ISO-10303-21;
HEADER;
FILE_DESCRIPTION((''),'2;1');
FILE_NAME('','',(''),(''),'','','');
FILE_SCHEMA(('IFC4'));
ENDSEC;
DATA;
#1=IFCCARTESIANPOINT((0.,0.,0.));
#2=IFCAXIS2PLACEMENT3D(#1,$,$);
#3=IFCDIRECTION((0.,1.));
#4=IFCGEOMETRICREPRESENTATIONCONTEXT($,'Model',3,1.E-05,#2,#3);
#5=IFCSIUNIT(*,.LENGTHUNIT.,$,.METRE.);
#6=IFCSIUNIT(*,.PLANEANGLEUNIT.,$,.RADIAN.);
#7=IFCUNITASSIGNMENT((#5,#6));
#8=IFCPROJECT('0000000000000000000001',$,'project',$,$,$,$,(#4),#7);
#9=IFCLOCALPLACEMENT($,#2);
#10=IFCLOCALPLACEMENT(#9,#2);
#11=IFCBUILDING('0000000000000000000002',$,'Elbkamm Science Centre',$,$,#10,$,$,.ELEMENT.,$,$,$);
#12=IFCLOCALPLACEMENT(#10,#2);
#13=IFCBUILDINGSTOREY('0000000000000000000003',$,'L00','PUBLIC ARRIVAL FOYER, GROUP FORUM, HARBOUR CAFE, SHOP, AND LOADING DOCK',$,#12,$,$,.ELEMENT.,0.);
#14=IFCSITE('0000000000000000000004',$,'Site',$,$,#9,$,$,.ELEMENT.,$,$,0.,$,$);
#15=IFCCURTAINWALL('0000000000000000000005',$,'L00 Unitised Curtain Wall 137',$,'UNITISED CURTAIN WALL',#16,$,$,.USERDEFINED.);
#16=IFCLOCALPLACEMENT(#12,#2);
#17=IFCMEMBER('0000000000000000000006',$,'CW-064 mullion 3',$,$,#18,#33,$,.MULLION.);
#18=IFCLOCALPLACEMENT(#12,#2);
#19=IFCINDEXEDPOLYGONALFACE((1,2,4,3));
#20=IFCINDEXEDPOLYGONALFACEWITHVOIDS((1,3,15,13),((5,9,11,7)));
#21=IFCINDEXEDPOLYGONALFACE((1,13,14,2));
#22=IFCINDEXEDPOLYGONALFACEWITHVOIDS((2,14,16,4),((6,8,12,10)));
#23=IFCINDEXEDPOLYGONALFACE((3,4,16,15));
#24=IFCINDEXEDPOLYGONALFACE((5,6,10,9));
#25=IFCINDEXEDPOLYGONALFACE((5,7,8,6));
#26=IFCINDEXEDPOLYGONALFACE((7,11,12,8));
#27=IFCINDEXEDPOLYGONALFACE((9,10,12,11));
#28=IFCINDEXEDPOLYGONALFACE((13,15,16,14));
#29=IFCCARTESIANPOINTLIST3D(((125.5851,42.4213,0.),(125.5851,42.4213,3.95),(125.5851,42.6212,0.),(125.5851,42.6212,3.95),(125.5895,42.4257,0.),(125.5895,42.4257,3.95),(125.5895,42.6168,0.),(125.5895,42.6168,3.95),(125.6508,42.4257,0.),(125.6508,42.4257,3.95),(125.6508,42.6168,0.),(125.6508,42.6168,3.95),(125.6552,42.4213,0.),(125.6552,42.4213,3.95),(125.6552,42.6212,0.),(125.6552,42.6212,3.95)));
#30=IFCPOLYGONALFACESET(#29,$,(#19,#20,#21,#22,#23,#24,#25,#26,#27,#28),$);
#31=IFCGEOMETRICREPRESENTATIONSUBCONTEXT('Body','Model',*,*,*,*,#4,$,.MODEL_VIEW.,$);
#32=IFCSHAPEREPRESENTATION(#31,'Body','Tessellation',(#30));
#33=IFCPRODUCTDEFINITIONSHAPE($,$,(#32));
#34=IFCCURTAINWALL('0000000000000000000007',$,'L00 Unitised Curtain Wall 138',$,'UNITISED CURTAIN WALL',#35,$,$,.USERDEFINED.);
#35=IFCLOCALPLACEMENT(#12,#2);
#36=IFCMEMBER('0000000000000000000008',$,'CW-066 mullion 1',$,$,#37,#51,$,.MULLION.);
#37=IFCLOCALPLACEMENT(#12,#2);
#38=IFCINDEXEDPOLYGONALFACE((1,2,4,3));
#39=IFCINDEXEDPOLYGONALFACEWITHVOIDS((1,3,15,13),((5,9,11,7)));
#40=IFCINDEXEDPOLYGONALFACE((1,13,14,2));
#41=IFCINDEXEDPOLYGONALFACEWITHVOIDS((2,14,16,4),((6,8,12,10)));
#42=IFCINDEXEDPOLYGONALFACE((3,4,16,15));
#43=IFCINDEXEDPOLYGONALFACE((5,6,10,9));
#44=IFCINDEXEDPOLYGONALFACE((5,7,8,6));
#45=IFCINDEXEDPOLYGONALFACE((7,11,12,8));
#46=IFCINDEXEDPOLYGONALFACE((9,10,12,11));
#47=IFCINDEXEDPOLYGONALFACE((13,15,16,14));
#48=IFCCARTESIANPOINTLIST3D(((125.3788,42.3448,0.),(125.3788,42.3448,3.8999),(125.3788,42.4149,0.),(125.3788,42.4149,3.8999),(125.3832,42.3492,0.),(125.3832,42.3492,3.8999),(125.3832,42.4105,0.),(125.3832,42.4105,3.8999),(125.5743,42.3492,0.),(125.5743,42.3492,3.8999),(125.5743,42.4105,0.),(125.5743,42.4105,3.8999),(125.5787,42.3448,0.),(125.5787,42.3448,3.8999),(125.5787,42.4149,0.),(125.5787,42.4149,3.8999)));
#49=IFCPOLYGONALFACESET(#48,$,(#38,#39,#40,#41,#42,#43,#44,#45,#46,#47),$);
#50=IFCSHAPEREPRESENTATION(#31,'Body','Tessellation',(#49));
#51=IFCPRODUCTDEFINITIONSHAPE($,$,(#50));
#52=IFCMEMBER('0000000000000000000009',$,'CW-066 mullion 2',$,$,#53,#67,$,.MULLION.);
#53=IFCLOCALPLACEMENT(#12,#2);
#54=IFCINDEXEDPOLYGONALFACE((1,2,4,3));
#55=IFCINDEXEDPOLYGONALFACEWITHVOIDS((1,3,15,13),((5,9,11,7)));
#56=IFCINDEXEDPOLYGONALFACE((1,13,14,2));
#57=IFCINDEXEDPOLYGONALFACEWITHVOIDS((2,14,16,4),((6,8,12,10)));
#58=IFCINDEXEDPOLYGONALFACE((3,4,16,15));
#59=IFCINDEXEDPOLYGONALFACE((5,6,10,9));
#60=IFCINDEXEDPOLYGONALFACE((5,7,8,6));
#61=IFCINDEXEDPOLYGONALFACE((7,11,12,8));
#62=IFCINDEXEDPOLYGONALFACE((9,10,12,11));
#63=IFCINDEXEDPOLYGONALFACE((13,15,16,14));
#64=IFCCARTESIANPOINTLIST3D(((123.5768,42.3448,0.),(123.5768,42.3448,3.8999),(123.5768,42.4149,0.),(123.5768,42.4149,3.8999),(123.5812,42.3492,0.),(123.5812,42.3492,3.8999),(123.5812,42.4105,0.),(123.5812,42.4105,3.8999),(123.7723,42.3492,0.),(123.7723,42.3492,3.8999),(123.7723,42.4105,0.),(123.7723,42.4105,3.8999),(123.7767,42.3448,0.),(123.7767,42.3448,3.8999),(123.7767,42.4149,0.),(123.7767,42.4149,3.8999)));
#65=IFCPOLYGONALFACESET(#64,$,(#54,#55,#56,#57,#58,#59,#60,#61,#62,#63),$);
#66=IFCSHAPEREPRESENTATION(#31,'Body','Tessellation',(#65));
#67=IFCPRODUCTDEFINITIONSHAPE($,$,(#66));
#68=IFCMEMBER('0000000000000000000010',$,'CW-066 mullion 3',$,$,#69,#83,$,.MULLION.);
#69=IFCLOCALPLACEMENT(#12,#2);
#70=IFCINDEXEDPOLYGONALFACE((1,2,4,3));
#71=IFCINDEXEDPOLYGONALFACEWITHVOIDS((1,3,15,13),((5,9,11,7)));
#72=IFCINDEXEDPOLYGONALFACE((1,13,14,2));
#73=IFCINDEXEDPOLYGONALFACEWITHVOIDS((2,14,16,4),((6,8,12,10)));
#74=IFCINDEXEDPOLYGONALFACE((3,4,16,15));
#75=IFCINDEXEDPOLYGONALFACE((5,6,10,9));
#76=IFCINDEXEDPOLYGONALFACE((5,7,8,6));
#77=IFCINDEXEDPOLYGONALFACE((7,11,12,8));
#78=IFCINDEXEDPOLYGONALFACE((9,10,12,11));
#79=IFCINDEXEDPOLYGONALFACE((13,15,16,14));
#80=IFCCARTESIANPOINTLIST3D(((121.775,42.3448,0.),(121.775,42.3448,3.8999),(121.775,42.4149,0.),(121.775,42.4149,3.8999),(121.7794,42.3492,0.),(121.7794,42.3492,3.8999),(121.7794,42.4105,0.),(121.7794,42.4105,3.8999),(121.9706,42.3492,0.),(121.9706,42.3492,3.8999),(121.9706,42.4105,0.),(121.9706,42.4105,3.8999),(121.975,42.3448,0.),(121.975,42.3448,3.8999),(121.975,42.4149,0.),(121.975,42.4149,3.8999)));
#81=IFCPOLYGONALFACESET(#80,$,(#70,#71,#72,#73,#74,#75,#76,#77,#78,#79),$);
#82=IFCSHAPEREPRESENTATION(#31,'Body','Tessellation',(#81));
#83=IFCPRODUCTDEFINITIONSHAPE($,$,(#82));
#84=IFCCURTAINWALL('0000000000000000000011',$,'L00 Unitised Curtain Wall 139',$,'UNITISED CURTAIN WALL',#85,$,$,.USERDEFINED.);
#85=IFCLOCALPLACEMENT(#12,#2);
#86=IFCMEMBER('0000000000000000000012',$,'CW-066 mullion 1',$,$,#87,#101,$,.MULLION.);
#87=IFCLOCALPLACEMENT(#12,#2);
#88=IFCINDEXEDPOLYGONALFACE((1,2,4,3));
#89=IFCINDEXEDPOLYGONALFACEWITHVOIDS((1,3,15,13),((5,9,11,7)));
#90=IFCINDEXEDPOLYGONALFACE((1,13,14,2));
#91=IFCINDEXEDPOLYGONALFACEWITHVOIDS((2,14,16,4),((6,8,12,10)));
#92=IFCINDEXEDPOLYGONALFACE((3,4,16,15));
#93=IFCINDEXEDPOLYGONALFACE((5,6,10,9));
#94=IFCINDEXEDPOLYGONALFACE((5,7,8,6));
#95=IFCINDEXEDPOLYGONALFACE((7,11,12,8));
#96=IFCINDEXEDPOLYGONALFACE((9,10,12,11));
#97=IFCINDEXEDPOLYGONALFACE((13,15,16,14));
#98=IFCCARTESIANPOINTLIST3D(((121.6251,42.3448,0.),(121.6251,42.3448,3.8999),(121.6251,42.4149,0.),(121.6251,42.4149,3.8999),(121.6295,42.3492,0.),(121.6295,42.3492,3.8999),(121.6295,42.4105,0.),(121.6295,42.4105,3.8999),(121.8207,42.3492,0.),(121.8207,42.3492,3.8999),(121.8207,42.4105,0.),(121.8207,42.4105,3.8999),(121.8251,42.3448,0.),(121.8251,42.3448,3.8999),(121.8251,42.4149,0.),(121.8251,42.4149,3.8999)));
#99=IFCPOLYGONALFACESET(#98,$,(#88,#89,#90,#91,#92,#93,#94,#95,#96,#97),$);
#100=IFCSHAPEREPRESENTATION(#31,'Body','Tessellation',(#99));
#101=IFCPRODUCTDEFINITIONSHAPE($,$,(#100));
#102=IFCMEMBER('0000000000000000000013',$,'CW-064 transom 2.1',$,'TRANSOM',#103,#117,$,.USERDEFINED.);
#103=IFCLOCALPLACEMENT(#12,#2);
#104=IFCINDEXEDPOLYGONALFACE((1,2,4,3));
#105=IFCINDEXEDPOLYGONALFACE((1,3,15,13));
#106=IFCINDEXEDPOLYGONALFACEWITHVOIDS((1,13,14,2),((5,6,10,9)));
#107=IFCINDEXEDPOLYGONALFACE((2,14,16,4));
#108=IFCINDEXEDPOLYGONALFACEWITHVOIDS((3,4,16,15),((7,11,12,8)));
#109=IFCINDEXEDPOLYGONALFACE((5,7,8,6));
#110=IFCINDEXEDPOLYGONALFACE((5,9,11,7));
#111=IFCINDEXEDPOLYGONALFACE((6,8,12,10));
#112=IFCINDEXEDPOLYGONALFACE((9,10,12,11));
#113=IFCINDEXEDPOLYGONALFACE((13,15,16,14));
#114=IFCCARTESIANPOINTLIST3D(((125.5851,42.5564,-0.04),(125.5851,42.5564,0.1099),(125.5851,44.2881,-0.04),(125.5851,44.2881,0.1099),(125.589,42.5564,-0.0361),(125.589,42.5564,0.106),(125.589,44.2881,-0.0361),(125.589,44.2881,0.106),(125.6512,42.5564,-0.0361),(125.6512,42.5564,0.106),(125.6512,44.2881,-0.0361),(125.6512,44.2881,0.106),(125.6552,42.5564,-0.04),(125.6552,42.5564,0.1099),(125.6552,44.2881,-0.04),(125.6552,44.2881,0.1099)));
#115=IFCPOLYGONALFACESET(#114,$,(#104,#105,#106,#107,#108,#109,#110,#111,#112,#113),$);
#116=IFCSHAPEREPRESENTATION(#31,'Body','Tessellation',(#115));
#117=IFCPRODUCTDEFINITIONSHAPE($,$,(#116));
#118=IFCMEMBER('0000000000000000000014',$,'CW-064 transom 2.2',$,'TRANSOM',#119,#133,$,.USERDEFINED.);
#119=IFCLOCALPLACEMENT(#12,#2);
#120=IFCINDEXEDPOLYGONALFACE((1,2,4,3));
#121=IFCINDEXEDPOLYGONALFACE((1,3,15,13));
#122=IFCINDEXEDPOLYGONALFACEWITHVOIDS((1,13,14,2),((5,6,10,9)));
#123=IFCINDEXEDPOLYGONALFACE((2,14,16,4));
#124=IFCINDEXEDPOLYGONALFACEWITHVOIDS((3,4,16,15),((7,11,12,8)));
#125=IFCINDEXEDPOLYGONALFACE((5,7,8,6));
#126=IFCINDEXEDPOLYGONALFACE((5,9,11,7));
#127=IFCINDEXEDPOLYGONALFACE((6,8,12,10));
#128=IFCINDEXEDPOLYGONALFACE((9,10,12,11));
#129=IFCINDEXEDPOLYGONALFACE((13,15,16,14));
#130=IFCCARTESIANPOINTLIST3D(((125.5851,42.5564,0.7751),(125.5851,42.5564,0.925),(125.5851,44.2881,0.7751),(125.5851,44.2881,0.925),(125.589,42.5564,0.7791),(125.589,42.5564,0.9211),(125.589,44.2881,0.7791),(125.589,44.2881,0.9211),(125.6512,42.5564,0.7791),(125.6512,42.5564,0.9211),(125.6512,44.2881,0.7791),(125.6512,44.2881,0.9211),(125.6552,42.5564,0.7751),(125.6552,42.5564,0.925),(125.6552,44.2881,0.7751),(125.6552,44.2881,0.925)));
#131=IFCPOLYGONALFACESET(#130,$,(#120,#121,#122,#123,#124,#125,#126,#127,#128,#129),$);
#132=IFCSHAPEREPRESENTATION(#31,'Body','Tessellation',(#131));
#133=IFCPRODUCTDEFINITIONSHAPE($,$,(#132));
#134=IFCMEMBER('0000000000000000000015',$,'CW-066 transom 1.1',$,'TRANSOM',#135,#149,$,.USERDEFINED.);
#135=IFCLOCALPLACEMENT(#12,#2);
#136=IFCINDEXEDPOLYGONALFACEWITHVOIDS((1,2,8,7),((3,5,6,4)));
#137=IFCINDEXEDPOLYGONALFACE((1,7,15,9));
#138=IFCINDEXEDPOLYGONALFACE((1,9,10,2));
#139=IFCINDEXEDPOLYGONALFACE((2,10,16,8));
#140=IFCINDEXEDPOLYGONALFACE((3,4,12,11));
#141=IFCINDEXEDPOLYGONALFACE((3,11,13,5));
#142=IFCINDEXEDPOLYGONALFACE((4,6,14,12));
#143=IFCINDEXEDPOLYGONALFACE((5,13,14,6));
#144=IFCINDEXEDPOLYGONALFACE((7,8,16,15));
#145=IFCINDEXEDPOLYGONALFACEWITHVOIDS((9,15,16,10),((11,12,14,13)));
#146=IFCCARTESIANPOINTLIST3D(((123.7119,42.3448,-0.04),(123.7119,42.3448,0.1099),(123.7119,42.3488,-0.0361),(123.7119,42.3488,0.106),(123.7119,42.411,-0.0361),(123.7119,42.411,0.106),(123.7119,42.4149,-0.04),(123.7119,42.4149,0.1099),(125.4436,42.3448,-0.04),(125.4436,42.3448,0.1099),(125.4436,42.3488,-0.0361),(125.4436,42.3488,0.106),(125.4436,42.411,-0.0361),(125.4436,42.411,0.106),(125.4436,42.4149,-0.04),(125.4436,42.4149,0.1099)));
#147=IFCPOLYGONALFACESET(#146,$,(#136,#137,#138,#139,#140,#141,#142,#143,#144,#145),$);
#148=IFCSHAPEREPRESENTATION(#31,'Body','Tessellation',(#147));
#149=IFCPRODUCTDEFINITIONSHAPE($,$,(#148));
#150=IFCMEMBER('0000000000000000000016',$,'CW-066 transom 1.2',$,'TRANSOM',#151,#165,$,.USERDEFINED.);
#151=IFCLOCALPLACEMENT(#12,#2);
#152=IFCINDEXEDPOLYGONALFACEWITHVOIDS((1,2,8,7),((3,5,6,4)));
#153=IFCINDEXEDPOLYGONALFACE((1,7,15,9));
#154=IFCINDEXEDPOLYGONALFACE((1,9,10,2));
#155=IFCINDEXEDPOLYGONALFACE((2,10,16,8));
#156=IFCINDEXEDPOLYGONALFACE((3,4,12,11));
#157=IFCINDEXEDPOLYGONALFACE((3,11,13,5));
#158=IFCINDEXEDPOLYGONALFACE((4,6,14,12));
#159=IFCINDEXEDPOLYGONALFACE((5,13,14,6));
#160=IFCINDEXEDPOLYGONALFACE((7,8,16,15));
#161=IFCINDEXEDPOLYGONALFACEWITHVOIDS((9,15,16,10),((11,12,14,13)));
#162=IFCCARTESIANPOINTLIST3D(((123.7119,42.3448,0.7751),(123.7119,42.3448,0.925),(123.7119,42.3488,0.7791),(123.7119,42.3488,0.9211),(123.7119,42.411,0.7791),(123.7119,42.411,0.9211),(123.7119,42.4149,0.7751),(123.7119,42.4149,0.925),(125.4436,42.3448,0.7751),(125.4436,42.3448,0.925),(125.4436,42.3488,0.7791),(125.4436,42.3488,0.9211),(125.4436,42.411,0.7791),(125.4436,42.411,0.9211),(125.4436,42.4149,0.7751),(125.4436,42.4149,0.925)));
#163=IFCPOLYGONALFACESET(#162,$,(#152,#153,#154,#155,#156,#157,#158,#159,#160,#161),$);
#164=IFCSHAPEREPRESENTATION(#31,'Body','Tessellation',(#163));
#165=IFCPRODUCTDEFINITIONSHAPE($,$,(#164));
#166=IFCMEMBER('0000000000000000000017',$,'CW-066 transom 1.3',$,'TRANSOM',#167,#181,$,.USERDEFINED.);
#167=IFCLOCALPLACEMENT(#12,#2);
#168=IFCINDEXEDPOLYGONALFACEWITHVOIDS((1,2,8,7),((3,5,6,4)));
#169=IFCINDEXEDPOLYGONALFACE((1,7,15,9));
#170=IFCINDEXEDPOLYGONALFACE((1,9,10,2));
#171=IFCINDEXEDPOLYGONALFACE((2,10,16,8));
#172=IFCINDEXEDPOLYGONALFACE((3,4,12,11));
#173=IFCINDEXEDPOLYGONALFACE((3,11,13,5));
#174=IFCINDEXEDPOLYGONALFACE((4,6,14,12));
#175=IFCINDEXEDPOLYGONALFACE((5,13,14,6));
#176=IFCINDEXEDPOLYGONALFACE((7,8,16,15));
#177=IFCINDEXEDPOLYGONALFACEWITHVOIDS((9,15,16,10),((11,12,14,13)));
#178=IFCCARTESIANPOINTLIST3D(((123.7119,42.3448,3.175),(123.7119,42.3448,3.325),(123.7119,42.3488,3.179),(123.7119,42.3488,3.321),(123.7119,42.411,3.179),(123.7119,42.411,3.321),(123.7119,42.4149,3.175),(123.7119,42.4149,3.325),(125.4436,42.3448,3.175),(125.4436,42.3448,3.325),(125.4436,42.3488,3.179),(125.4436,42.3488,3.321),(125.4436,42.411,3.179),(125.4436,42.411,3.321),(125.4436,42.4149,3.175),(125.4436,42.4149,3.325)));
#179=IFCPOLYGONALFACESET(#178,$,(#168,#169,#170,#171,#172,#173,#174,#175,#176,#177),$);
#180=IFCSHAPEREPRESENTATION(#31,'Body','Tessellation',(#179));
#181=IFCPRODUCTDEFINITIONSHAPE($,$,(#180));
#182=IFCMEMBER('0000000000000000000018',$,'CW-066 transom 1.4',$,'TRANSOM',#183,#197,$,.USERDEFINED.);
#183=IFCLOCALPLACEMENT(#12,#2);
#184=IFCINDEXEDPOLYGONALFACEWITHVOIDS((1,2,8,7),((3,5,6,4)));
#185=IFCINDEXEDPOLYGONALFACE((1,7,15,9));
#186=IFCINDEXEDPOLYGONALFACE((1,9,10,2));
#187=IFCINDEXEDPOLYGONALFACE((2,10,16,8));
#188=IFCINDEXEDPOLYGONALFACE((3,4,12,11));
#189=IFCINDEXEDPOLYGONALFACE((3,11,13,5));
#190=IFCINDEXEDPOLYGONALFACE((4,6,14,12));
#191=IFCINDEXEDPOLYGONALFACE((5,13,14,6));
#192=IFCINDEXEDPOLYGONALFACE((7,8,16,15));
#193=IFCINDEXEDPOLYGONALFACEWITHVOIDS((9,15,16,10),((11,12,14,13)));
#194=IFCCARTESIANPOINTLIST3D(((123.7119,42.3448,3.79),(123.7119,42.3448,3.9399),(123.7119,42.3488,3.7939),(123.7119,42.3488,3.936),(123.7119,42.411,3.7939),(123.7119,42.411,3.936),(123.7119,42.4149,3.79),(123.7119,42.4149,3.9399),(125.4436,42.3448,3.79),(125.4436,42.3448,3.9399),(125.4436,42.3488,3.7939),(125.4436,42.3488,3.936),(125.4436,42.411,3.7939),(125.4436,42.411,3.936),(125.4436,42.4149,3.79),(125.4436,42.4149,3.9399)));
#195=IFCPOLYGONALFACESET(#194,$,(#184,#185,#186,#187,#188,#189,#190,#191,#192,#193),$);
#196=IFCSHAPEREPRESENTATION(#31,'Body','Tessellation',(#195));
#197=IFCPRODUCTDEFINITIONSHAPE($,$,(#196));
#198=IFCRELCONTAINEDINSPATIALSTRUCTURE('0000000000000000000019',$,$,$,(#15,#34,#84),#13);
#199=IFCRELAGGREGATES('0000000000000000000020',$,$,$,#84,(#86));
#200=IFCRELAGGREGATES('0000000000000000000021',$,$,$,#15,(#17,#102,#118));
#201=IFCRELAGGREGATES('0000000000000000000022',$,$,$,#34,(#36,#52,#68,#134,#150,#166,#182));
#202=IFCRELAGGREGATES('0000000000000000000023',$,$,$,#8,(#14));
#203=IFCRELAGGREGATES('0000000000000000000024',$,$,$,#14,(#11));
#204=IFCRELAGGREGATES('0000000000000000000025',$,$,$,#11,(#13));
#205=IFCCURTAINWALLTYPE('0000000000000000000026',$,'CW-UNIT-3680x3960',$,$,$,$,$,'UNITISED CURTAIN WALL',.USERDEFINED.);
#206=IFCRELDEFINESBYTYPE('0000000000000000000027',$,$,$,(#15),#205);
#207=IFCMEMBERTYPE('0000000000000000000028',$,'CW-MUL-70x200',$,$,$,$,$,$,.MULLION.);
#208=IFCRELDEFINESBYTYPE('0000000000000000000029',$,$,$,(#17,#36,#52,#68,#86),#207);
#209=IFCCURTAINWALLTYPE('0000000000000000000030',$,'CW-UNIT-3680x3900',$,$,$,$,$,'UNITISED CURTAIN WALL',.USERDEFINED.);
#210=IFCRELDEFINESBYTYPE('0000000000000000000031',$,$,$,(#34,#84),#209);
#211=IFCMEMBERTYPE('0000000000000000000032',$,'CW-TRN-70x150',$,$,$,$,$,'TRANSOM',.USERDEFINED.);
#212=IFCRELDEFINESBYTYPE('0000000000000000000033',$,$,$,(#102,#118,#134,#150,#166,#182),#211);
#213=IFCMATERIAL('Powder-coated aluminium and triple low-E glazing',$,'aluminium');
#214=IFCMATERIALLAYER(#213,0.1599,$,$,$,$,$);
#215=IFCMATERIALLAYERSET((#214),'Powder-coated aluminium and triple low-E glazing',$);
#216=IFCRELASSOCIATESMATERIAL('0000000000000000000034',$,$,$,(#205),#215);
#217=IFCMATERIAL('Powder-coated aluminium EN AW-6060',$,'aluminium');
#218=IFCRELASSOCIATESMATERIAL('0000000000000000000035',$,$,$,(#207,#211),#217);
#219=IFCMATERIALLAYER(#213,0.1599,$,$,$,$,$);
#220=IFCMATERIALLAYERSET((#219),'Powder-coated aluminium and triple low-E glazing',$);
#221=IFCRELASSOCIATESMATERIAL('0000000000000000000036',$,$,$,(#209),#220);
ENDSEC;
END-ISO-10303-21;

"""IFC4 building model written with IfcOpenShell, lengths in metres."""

from ifc_helpers import new_model, si_unit, direction, frame, origin, origin_2d, place, context, subcontext, project, spatial, hollow_rectangle, extrude, material, layer, layer_set, material_profile, profile_set, type_object, element, aggregate, save


model = new_model("IFC4")

# Units and contexts
model_context = context("Model", 3, precision=1e-05, world=origin(), true_north=direction((0.0, 1.0)))
body_context = subcontext(model_context, "Body", "Model", "MODEL_VIEW")
ifc_project = project(units=[si_unit("LENGTHUNIT", "METRE"), si_unit("PLANEANGLEUNIT", "RADIAN")], contexts=[model_context])

# Site, building, storey
site_placement = place(None, origin())
site = spatial("IfcSite", under=ifc_project, at=site_placement, Name="Site", CompositionType="ELEMENT", RefElevation=0.0)
building_placement = place(site_placement, origin())
building = spatial("IfcBuilding", under=site, at=building_placement, Name="Elbkamm Science Centre", CompositionType="ELEMENT")
storey_placement = place(building_placement, origin())
storey = spatial("IfcBuildingStorey", under=building, at=storey_placement, Name="L00", Description="PUBLIC ARRIVAL FOYER, GROUP FORUM, HARBOUR CAFE, SHOP, AND LOADING DOCK", CompositionType="ELEMENT", Elevation=0.0)

# Curtain wall, member
ifc_material_1 = material(Name="Powder-coated aluminium and triple low-E glazing", Category="aluminium")
ifc_layer_1 = layer(ifc_material_1, 0.1599)
ifc_layer_set_1 = layer_set([ifc_layer_1], Name="Powder-coated aluminium and triple low-E glazing")
curtain_wall_type_1 = type_object("IfcCurtainWallType", Name="CW-UNIT-3680x3960", ElementType="UNITISED CURTAIN WALL", PredefinedType="USERDEFINED", material=ifc_layer_set_1)
curtain_wall_1_placement = place(storey_placement, origin())
curtain_wall_1 = element("IfcCurtainWall", 1, at=curtain_wall_1_placement, inside=storey, type_object=curtain_wall_type_1, Name="L00 Unitised Curtain Wall 137", ObjectType="UNITISED CURTAIN WALL", PredefinedType="USERDEFINED")
ifc_material_2 = material(Name="Powder-coated aluminium EN AW-6060", Category="aluminium")
ifc_material_profile_1 = material_profile(ifc_material_2, hollow_rectangle(XDim=0.0701, YDim=0.2, WallThickness=0.0044, at=origin_2d()), Name="ALU M70x200")
ifc_profile_set_1 = profile_set([ifc_material_profile_1], Name="Powder-coated aluminium EN AW-6060")
member_type_1 = type_object("IfcMemberType", Name="CW-MUL-70x200", PredefinedType="MULLION", material=ifc_profile_set_1)
member_1_placement = place(storey_placement, frame((125.6201, 42.5212, 0.0), z_axis=(0.0, 0.0, 1.0), x_axis=(1.0, 0.0, 0.0)))
member_1 = element("IfcMember", 2, at=member_1_placement, type_object=member_type_1, Name="CW-064 mullion 3", PredefinedType="MULLION", context=body_context, shape_type="SweptSolid", body=[
    extrude(hollow_rectangle(XDim=0.0701, YDim=0.2, WallThickness=0.0044, at=origin_2d()), origin(), (0.0, 0.0, 1.0), 3.95),
])

# Curtain wall, members
ifc_layer_2 = layer(ifc_material_1, 0.1599)
ifc_layer_set_2 = layer_set([ifc_layer_2], Name="Powder-coated aluminium and triple low-E glazing")
curtain_wall_type_2 = type_object("IfcCurtainWallType", Name="CW-UNIT-3680x3900", ElementType="UNITISED CURTAIN WALL", PredefinedType="USERDEFINED", material=ifc_layer_set_2)
curtain_wall_2_placement = place(storey_placement, origin())
curtain_wall_2 = element("IfcCurtainWall", 3, at=curtain_wall_2_placement, inside=storey, type_object=curtain_wall_type_2, Name="L00 Unitised Curtain Wall 138", ObjectType="UNITISED CURTAIN WALL", PredefinedType="USERDEFINED")
member_2_placement = place(storey_placement, frame((125.4788, 42.3799, 0.0), z_axis=(0.0, 0.0, 1.0), x_axis=(0.0, -1.0, 0.0)))
member_2 = element("IfcMember", 4, at=member_2_placement, type_object=member_type_1, Name="CW-066 mullion 1", PredefinedType="MULLION", context=body_context, shape_type="SweptSolid", body=[
    extrude(hollow_rectangle(XDim=0.0701, YDim=0.2, WallThickness=0.0044, at=origin_2d()), origin(), (0.0, 0.0, 1.0), 3.8999),
])
member_3_placement = place(storey_placement, frame((123.6768, 42.3799, 0.0), z_axis=(0.0, 0.0, 1.0), x_axis=(0.0, -1.0, 0.0)))
member_3 = element("IfcMember", 5, at=member_3_placement, type_object=member_type_1, Name="CW-066 mullion 2", PredefinedType="MULLION", context=body_context, shape_type="SweptSolid", body=[
    extrude(hollow_rectangle(XDim=0.0701, YDim=0.2, WallThickness=0.0044, at=origin_2d()), origin(), (0.0, 0.0, 1.0), 3.8999),
])
member_4_placement = place(storey_placement, frame((121.875, 42.3799, 0.0), z_axis=(0.0, 0.0, 1.0), x_axis=(0.0, -1.0, 0.0)))
member_4 = element("IfcMember", 6, at=member_4_placement, type_object=member_type_1, Name="CW-066 mullion 3", PredefinedType="MULLION", context=body_context, shape_type="SweptSolid", body=[
    extrude(hollow_rectangle(XDim=0.0701, YDim=0.2, WallThickness=0.0044, at=origin_2d()), origin(), (0.0, 0.0, 1.0), 3.8999),
])

# Curtain wall, member
curtain_wall_3_placement = place(storey_placement, origin())
curtain_wall_3 = element("IfcCurtainWall", 7, at=curtain_wall_3_placement, inside=storey, type_object=curtain_wall_type_2, Name="L00 Unitised Curtain Wall 139", ObjectType="UNITISED CURTAIN WALL", PredefinedType="USERDEFINED")
member_5_placement = place(storey_placement, frame((121.7251, 42.3799, 0.0), z_axis=(0.0, 0.0, 1.0), x_axis=(0.0, -1.0, 0.0)))
member_5 = element("IfcMember", 8, at=member_5_placement, type_object=member_type_1, Name="CW-066 mullion 1", PredefinedType="MULLION", context=body_context, shape_type="SweptSolid", body=[
    extrude(hollow_rectangle(XDim=0.0701, YDim=0.2, WallThickness=0.0044, at=origin_2d()), origin(), (0.0, 0.0, 1.0), 3.8999),
])

# Members
ifc_material_profile_2 = material_profile(ifc_material_2, hollow_rectangle(XDim=0.0701, YDim=0.1499, WallThickness=0.0039, at=origin_2d()), Name="ALU T70x150")
ifc_profile_set_2 = profile_set([ifc_material_profile_2], Name="Powder-coated aluminium EN AW-6060")
member_type_2 = type_object("IfcMemberType", Name="CW-TRN-70x150", ElementType="TRANSOM", PredefinedType="USERDEFINED", material=ifc_profile_set_2)
member_6_placement = place(storey_placement, frame((125.6201, 44.2881, 0.0349), z_axis=(0.0, -1.0, 0.0), x_axis=(1.0, 0.0, 0.0)))
member_6 = element("IfcMember", 9, at=member_6_placement, type_object=member_type_2, Name="CW-064 transom 2.1", ObjectType="TRANSOM", PredefinedType="USERDEFINED", context=body_context, shape_type="SweptSolid", body=[
    extrude(hollow_rectangle(XDim=0.0701, YDim=0.1499, WallThickness=0.0039, at=origin_2d()), origin(), (0.0, 0.0, 1.0), 1.7317),
])
member_7_placement = place(storey_placement, frame((125.6201, 44.2881, 0.8501), z_axis=(0.0, -1.0, 0.0), x_axis=(1.0, 0.0, 0.0)))
member_7 = element("IfcMember", 10, at=member_7_placement, type_object=member_type_2, Name="CW-064 transom 2.2", ObjectType="TRANSOM", PredefinedType="USERDEFINED", context=body_context, shape_type="SweptSolid", body=[
    extrude(hollow_rectangle(XDim=0.0701, YDim=0.1499, WallThickness=0.0039, at=origin_2d()), origin(), (0.0, 0.0, 1.0), 1.7317),
])
member_8_placement = place(storey_placement, frame((125.4436, 42.3799, 0.0349), z_axis=(-1.0, 0.0, 0.0), x_axis=(0.0, -1.0, 0.0)))
member_8 = element("IfcMember", 11, at=member_8_placement, type_object=member_type_2, Name="CW-066 transom 1.1", ObjectType="TRANSOM", PredefinedType="USERDEFINED", context=body_context, shape_type="SweptSolid", body=[
    extrude(hollow_rectangle(XDim=0.0701, YDim=0.1499, WallThickness=0.0039, at=origin_2d()), origin(), (0.0, 0.0, 1.0), 1.7317),
])
member_9_placement = place(storey_placement, frame((125.4436, 42.3799, 0.8501), z_axis=(-1.0, 0.0, 0.0), x_axis=(0.0, -1.0, 0.0)))
member_9 = element("IfcMember", 12, at=member_9_placement, type_object=member_type_2, Name="CW-066 transom 1.2", ObjectType="TRANSOM", PredefinedType="USERDEFINED", context=body_context, shape_type="SweptSolid", body=[
    extrude(hollow_rectangle(XDim=0.0701, YDim=0.1499, WallThickness=0.0039, at=origin_2d()), origin(), (0.0, 0.0, 1.0), 1.7317),
])
member_10_placement = place(storey_placement, frame((125.4436, 42.3799, 3.25), z_axis=(-1.0, 0.0, 0.0), x_axis=(0.0, -1.0, 0.0)))
member_10 = element("IfcMember", 13, at=member_10_placement, type_object=member_type_2, Name="CW-066 transom 1.3", ObjectType="TRANSOM", PredefinedType="USERDEFINED", context=body_context, shape_type="SweptSolid", body=[
    extrude(hollow_rectangle(XDim=0.0701, YDim=0.1499, WallThickness=0.0039, at=origin_2d()), origin(), (0.0, 0.0, 1.0), 1.7317),
])
member_11_placement = place(storey_placement, frame((125.4436, 42.3799, 3.865), z_axis=(-1.0, 0.0, 0.0), x_axis=(0.0, -1.0, 0.0)))
member_11 = element("IfcMember", 14, at=member_11_placement, type_object=member_type_2, Name="CW-066 transom 1.4", ObjectType="TRANSOM", PredefinedType="USERDEFINED", context=body_context, shape_type="SweptSolid", body=[
    extrude(hollow_rectangle(XDim=0.0701, YDim=0.1499, WallThickness=0.0039, at=origin_2d()), origin(), (0.0, 0.0, 1.0), 1.7317),
])
aggregate(curtain_wall_3, [member_5])

aggregate(curtain_wall_1, [member_1, member_6, member_7])
aggregate(curtain_wall_2, [member_2, member_3, member_4, member_8, member_9, member_10, member_11])

save(model, "model.ifc")
